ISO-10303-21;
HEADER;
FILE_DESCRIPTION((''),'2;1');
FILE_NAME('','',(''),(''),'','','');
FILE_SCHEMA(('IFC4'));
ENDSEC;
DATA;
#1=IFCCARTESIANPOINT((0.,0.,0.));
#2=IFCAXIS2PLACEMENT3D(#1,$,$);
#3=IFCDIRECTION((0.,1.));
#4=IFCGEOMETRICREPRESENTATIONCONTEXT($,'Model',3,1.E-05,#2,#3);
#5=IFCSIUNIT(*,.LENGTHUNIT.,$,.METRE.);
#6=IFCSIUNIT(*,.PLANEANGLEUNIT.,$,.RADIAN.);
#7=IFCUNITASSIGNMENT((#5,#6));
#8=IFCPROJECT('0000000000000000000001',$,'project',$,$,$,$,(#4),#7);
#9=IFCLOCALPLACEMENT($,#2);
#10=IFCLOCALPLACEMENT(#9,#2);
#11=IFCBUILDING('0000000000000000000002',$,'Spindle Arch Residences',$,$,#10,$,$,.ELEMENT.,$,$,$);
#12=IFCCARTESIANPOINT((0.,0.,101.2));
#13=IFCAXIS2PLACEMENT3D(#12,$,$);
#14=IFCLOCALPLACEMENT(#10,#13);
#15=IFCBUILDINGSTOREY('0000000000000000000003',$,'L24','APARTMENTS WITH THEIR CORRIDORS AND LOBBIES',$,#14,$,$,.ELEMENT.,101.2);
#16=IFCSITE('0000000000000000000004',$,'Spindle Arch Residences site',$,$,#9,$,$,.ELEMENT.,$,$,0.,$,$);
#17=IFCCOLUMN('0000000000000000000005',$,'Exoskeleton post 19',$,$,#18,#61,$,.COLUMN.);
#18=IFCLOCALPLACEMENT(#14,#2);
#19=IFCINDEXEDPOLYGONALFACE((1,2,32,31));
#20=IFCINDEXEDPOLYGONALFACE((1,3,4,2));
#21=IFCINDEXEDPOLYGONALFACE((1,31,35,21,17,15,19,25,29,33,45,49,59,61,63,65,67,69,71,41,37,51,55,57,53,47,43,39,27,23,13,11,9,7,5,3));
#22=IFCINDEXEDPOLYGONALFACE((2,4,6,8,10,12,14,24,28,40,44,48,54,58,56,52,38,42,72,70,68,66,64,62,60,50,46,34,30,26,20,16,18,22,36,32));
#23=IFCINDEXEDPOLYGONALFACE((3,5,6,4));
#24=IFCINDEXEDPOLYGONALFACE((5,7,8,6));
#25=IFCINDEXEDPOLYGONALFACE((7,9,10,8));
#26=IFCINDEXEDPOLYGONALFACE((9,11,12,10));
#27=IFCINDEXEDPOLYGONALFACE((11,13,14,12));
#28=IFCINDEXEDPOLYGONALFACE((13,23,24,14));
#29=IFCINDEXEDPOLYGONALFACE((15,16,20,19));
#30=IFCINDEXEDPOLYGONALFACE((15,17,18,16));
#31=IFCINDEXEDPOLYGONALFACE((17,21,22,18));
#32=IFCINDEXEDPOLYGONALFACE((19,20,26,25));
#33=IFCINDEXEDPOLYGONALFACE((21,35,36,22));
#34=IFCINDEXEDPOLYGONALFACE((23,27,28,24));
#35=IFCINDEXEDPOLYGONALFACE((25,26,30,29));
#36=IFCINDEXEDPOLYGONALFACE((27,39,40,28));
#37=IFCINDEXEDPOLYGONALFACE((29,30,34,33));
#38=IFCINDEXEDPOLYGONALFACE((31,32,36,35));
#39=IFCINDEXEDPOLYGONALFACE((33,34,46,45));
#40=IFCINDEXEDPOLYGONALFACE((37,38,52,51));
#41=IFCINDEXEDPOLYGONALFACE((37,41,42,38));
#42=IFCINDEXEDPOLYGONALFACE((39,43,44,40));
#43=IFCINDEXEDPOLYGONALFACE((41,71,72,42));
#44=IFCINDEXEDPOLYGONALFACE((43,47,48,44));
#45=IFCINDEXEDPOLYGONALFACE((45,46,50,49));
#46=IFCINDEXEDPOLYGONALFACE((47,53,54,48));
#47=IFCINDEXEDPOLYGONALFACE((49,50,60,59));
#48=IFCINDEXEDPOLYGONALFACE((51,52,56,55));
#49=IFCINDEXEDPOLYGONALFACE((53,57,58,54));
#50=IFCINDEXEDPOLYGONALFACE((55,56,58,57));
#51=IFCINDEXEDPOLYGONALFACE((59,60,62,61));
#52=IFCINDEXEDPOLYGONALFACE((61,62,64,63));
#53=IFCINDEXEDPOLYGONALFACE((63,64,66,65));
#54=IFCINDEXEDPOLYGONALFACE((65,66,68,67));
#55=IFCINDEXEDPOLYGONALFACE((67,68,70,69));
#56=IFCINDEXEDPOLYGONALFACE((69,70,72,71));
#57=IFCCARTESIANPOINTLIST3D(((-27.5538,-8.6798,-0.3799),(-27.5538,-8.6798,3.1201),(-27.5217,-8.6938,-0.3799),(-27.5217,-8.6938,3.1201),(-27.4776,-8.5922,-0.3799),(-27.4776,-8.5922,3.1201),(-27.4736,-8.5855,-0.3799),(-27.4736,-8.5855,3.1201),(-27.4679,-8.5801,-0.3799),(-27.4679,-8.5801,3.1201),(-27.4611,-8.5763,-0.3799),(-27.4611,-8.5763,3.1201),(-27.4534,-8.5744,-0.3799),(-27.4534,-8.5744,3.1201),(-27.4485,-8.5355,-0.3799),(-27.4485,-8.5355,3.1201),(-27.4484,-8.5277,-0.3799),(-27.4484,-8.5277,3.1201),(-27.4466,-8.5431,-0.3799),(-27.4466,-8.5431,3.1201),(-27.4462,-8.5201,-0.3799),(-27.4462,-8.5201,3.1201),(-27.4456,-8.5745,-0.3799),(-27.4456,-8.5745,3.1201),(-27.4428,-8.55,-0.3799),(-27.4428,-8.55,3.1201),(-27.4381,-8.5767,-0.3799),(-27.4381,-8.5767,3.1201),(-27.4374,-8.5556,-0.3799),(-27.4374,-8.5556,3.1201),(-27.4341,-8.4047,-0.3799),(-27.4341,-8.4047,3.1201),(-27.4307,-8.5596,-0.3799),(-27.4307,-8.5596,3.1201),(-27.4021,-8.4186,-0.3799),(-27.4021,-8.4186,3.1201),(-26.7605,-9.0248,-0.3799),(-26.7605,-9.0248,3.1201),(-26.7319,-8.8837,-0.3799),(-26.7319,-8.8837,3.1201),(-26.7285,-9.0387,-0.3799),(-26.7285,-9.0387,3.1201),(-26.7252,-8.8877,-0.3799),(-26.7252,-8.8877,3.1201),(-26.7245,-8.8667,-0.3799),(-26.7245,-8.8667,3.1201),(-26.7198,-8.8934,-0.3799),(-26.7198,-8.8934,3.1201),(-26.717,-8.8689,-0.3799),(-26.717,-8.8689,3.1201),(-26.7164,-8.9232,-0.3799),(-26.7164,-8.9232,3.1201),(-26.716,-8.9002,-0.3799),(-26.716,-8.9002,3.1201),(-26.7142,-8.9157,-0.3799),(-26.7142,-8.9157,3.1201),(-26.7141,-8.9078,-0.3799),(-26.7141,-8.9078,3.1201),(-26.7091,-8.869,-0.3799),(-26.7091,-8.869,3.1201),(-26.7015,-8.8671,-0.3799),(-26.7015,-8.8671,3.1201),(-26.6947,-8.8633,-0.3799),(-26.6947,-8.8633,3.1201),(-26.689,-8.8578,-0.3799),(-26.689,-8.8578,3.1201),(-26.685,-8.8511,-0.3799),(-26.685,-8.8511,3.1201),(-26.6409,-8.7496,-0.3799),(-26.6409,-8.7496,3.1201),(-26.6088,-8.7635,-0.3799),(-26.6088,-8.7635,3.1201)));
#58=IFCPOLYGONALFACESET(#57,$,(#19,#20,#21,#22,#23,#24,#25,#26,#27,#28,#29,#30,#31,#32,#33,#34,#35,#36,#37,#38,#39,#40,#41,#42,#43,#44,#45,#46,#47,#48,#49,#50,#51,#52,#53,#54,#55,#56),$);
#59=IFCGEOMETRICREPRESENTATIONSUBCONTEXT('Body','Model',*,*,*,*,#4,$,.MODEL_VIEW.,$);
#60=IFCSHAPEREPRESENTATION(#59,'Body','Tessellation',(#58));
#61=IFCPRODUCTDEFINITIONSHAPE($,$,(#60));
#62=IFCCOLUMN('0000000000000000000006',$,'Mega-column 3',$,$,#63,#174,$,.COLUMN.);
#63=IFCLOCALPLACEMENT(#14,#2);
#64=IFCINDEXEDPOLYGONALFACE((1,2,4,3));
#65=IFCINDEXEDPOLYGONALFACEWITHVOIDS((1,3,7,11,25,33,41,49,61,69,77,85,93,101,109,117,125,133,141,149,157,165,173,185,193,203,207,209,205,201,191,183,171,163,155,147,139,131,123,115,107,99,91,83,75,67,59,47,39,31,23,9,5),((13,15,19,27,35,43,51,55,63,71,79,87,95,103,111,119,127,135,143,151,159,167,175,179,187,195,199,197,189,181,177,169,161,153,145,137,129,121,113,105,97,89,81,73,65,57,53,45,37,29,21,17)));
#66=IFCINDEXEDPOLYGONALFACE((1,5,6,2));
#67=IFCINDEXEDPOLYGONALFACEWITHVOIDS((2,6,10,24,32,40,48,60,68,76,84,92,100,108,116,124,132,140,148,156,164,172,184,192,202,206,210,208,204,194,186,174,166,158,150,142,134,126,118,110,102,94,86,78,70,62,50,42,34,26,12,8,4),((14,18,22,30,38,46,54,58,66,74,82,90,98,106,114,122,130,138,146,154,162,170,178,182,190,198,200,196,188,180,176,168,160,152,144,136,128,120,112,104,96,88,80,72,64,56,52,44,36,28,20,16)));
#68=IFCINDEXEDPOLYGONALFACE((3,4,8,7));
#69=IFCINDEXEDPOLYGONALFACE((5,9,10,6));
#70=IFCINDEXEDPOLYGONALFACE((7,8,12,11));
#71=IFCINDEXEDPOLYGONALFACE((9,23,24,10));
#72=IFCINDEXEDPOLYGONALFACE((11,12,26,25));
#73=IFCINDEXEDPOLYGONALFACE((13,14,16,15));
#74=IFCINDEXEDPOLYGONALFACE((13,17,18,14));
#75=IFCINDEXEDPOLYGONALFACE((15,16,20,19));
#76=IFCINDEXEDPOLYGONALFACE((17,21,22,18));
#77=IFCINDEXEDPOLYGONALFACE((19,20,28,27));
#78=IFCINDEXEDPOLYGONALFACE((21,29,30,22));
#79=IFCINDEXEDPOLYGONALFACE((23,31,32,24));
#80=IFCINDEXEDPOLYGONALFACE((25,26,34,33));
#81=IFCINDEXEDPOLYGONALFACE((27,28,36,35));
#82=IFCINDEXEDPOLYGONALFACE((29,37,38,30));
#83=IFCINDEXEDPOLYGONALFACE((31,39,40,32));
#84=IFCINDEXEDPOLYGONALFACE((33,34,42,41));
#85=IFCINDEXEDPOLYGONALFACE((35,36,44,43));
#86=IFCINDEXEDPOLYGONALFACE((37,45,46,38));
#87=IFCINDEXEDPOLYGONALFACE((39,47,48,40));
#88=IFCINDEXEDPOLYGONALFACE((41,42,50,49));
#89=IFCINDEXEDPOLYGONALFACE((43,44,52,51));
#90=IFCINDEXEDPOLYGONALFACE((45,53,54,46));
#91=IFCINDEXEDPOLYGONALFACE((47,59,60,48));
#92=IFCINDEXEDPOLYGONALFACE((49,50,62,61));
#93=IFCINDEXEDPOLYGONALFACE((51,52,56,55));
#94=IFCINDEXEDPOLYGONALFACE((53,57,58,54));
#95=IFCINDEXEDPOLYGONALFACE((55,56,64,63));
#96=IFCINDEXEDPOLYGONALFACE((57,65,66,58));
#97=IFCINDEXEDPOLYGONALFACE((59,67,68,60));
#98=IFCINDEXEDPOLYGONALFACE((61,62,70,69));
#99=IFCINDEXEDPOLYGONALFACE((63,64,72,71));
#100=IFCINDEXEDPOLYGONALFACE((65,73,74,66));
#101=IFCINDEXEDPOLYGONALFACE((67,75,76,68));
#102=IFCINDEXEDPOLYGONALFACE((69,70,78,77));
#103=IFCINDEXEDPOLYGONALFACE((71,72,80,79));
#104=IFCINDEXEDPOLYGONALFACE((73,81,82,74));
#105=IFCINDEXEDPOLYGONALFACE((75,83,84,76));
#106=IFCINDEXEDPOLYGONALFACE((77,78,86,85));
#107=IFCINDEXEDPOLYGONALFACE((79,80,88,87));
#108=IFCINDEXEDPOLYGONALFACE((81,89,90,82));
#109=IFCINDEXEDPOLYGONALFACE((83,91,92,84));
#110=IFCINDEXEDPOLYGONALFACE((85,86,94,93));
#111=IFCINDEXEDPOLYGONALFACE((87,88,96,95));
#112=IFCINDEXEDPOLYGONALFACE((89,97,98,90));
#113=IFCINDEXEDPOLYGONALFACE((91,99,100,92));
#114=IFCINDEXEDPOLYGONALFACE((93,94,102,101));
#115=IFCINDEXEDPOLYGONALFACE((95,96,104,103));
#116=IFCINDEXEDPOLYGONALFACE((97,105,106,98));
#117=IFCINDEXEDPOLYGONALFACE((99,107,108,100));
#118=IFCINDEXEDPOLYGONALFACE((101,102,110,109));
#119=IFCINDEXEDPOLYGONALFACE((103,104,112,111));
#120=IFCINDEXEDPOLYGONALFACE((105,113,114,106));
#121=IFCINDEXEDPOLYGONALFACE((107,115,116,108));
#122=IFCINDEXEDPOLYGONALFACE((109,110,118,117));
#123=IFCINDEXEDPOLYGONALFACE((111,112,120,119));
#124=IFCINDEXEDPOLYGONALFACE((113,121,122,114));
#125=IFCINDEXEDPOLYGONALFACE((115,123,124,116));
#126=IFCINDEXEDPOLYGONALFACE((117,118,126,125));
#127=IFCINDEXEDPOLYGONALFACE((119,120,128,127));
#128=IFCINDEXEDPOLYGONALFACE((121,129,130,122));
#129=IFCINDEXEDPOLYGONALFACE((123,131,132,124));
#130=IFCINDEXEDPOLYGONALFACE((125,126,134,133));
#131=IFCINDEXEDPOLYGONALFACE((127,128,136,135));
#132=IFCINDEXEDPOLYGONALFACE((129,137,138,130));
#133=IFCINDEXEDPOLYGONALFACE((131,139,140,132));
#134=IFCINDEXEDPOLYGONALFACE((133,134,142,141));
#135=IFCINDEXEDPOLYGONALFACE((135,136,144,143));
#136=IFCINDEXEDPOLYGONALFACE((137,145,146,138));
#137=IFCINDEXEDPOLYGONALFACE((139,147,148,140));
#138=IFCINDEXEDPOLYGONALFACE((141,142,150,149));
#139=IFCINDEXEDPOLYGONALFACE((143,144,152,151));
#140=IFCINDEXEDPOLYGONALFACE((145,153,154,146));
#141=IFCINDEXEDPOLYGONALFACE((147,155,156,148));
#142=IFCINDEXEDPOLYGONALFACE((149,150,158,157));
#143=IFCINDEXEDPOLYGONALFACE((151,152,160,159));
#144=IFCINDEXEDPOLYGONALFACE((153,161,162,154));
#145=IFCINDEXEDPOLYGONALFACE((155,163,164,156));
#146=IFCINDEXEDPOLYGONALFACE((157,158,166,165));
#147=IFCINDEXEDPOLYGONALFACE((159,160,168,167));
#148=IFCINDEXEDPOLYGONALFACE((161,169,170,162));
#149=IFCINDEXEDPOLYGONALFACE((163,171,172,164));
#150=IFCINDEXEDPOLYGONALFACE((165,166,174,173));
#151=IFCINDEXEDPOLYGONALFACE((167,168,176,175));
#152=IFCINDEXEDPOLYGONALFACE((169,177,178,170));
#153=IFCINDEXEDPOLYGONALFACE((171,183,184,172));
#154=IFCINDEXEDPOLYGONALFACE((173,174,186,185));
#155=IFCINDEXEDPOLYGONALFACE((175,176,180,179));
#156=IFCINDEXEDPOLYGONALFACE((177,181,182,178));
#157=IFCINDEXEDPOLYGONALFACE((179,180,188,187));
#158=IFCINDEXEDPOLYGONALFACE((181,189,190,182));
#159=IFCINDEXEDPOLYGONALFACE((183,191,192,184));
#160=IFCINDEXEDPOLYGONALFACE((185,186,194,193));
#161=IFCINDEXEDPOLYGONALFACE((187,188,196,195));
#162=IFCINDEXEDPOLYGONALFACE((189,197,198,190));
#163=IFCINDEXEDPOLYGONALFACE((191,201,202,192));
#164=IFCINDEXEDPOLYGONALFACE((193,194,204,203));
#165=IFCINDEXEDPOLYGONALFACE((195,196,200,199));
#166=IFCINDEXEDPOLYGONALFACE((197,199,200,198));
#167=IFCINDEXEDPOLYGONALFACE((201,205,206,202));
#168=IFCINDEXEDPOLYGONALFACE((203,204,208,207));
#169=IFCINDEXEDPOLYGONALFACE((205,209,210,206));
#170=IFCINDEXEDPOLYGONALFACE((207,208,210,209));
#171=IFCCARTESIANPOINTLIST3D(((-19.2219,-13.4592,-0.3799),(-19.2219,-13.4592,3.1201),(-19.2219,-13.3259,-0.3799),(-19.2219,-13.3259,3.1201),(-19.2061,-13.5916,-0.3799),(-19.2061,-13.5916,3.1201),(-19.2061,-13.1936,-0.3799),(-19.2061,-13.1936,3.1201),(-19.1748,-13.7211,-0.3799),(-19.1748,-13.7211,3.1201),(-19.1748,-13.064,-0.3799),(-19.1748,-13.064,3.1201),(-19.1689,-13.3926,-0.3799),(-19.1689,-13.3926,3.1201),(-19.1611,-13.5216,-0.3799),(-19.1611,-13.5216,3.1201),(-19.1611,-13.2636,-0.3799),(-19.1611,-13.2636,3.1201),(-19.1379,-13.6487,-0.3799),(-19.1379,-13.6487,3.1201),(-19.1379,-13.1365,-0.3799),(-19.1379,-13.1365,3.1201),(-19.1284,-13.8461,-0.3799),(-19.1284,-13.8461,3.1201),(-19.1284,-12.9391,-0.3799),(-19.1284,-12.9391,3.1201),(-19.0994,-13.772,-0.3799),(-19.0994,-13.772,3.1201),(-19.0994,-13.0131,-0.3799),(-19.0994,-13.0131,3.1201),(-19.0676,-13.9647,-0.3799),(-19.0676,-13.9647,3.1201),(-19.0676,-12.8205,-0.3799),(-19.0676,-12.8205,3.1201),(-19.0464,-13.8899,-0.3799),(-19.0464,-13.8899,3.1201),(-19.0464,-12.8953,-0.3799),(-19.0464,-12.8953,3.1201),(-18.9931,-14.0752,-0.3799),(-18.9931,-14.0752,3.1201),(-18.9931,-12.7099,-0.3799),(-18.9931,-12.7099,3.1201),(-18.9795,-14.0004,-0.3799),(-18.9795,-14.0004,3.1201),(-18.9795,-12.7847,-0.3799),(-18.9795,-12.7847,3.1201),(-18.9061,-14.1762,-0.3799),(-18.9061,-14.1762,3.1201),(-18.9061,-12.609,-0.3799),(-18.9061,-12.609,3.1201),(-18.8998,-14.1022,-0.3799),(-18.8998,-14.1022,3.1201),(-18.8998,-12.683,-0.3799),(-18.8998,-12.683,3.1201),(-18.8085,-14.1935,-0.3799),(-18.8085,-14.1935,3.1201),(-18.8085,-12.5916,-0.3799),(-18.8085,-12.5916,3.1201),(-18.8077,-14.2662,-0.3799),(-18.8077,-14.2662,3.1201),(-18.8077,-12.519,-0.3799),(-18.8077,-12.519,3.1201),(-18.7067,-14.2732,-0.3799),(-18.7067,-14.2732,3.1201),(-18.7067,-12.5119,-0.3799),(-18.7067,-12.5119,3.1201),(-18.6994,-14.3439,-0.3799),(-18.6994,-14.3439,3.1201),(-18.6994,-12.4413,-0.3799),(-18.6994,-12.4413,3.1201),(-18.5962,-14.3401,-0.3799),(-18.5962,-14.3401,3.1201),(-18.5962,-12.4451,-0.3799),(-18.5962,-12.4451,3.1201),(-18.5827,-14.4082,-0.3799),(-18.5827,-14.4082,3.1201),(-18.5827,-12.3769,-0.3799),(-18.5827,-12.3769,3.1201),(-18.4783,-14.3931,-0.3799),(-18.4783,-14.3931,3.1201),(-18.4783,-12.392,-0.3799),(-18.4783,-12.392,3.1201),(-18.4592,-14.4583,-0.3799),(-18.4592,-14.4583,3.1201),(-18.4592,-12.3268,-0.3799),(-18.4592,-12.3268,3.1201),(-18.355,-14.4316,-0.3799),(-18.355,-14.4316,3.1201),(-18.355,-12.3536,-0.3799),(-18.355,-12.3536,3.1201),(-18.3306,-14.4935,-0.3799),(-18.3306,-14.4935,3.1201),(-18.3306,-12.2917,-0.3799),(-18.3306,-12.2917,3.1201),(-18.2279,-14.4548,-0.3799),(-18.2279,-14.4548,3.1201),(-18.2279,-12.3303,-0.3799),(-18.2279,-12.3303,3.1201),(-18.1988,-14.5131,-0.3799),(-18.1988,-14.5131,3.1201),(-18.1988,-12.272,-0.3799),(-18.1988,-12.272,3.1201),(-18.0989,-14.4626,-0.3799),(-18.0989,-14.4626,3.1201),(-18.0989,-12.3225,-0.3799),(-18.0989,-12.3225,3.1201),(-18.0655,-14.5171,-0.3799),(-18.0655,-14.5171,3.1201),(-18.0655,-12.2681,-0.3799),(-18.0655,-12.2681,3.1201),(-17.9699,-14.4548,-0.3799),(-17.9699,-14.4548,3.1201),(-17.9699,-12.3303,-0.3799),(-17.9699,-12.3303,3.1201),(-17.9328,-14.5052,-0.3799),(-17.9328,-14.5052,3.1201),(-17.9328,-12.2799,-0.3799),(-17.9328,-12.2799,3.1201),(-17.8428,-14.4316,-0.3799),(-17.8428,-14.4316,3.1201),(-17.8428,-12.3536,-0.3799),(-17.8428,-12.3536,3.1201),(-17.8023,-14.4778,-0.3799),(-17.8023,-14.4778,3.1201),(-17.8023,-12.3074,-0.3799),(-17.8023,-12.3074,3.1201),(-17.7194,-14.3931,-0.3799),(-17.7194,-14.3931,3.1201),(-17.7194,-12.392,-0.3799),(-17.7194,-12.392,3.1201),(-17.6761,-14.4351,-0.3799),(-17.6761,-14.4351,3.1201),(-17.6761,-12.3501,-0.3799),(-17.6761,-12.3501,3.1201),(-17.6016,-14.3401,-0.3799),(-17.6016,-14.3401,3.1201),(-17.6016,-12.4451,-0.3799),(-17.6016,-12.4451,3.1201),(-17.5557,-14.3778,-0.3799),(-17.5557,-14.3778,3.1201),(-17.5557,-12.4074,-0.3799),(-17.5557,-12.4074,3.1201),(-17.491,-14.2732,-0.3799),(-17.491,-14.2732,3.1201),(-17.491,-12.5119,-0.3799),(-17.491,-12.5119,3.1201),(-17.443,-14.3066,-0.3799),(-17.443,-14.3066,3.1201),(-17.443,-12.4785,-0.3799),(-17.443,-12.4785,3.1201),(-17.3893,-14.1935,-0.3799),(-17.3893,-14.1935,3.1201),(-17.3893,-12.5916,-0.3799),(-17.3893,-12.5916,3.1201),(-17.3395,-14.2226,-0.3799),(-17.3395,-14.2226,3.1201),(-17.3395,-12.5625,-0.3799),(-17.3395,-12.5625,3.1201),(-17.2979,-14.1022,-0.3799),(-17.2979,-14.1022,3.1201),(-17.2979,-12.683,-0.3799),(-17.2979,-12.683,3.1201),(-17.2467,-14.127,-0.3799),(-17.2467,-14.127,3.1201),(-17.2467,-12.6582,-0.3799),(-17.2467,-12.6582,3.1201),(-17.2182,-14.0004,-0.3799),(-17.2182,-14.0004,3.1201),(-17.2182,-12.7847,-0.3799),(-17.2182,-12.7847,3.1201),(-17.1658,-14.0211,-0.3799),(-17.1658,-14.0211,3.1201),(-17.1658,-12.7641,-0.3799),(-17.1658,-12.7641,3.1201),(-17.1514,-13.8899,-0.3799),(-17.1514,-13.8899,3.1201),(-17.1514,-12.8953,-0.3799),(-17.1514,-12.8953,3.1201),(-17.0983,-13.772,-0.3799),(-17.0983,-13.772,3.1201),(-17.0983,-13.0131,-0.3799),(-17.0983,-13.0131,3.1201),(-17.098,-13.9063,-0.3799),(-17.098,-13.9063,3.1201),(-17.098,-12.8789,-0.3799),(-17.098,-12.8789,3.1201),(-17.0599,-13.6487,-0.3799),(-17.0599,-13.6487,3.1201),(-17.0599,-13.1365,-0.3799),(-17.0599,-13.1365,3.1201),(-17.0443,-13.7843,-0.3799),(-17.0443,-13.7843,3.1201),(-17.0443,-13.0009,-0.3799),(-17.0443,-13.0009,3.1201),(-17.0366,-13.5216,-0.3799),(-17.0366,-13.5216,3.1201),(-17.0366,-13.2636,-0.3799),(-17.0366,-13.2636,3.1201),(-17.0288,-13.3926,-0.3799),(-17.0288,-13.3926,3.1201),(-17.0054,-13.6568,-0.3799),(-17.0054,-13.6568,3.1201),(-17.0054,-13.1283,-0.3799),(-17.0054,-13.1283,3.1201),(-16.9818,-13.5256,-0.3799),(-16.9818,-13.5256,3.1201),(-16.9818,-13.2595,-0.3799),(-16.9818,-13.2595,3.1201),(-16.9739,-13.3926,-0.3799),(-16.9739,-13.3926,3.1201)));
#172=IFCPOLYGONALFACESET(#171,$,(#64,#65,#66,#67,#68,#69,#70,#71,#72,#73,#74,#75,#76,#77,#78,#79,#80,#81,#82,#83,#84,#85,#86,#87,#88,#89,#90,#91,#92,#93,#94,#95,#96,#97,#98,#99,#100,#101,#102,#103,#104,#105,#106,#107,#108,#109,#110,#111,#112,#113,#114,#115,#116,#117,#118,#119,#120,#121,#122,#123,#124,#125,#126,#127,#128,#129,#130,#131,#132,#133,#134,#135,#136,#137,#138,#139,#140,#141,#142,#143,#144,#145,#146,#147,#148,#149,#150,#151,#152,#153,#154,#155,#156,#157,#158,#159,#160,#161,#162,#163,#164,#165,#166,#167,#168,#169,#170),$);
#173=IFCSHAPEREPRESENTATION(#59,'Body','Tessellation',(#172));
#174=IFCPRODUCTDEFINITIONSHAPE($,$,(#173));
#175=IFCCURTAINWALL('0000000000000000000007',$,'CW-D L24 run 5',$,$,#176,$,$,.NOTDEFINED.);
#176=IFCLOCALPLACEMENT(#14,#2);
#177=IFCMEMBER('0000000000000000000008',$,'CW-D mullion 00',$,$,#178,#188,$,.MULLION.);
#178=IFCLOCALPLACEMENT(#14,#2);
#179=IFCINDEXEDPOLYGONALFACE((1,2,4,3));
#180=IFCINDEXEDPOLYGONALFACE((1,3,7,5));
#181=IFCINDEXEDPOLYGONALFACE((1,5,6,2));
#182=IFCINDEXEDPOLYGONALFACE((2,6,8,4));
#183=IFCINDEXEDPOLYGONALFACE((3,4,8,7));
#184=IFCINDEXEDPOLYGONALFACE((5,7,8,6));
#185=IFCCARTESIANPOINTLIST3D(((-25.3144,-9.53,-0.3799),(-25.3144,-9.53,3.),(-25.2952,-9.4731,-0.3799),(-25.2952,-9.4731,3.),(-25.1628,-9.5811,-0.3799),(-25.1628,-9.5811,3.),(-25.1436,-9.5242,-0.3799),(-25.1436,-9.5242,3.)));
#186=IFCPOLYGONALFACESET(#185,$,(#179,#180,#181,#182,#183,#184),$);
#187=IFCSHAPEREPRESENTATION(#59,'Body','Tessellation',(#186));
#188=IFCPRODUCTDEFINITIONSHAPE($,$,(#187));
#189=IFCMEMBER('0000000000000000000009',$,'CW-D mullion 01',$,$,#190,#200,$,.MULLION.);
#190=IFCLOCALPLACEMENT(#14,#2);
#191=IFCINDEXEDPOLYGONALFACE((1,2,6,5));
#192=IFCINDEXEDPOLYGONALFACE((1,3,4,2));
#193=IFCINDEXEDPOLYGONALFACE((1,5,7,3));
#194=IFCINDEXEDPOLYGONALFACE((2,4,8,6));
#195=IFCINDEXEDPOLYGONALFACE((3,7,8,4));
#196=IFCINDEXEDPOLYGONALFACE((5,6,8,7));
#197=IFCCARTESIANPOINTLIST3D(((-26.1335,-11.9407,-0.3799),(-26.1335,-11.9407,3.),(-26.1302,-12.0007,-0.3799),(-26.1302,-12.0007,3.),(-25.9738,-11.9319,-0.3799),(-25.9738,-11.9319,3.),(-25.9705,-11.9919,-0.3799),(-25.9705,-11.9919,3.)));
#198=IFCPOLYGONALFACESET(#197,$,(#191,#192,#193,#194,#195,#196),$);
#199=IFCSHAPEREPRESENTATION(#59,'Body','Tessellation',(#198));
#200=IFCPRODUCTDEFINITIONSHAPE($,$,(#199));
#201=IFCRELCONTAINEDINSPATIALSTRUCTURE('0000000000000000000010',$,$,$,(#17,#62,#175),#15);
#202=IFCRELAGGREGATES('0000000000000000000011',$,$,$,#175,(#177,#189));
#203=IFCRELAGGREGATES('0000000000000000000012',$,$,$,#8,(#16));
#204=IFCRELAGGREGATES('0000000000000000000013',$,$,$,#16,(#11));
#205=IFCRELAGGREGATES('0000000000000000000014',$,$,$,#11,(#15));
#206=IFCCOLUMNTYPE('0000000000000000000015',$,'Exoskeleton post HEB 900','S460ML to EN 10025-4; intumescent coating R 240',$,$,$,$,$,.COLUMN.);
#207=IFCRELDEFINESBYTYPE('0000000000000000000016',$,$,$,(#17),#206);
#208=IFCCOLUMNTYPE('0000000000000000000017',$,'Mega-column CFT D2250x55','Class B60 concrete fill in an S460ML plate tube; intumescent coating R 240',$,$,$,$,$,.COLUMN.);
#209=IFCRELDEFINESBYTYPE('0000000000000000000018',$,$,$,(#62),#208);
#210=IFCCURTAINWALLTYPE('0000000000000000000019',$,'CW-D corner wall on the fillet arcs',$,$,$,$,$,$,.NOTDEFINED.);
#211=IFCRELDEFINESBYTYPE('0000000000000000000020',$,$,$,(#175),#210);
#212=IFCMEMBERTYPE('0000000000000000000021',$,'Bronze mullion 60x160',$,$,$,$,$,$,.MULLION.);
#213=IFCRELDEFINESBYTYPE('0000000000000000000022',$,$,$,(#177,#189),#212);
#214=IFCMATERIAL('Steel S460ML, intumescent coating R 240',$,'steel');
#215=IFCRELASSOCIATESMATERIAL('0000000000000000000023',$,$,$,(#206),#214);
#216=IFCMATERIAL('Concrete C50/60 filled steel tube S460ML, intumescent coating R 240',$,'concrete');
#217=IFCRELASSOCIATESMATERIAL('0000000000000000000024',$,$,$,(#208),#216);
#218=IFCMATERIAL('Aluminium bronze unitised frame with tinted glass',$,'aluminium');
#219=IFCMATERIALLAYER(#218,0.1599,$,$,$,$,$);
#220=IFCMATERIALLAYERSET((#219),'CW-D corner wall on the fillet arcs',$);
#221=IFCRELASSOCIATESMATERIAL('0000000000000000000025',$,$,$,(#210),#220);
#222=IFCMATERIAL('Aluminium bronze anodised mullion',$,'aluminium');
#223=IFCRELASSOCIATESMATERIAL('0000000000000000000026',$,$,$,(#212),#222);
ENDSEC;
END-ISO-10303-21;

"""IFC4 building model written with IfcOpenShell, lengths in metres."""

from ifc_helpers import new_model, si_unit, direction, frame, origin, origin_2d, place, context, subcontext, project, spatial, rectangle, hollow_circle, i_section, extrude, material, layer, layer_set, material_profile, profile_set, type_object, element, aggregate, save


model = new_model("IFC4")

# Units and contexts
model_context = context("Model", 3, precision=1e-05, world=origin(), true_north=direction((0.0, 1.0)))
body_context = subcontext(model_context, "Body", "Model", "MODEL_VIEW")
ifc_project = project(units=[si_unit("LENGTHUNIT", "METRE"), si_unit("PLANEANGLEUNIT", "RADIAN")], contexts=[model_context])

# Site, building, storey
site_placement = place(None, origin())
site = spatial("IfcSite", under=ifc_project, at=site_placement, Name="Spindle Arch Residences site", CompositionType="ELEMENT", RefElevation=0.0)
building_placement = place(site_placement, origin())
building = spatial("IfcBuilding", under=site, at=building_placement, Name="Spindle Arch Residences", CompositionType="ELEMENT")
storey_placement = place(building_placement, frame((0.0, 0.0, 101.2)))
storey = spatial("IfcBuildingStorey", under=building, at=storey_placement, Name="L24", Description="APARTMENTS WITH THEIR CORRIDORS AND LOBBIES", CompositionType="ELEMENT", Elevation=101.2)

# Columns
ifc_material_1 = material(Name="Steel S460ML, intumescent coating R 240", Category="steel")
ifc_material_profile_1 = material_profile(ifc_material_1, i_section(OverallWidth=0.3, OverallDepth=0.8999, WebThickness=0.0186, FlangeThickness=0.0349, FilletRadius=0.03, at=origin_2d()), Name="HEB 900")
ifc_profile_set_1 = profile_set([ifc_material_profile_1], Name="Steel S460ML, intumescent coating R 240")
column_type_1 = type_object("IfcColumnType", Name="Exoskeleton post HEB 900", Description="S460ML to EN 10025-4; intumescent coating R 240", PredefinedType="COLUMN", material=ifc_profile_set_1)
column_1_placement = place(storey_placement, frame((-27.0813, -8.7217, -0.3799), z_axis=(0.0, 0.0, 1.0), x_axis=(0.398749, 0.91706, 0.0)))
element("IfcColumn", 1, at=column_1_placement, inside=storey, type_object=column_type_1, Name="Exoskeleton post 19", PredefinedType="COLUMN", context=body_context, shape_type="SweptSolid", body=[
    extrude(i_section(OverallWidth=0.3, OverallDepth=0.8999, WebThickness=0.0186, FlangeThickness=0.0349, FilletRadius=0.03, at=origin_2d()), origin(), (0.0, 0.0, 1.0), 3.5),
])
ifc_material_2 = material(Name="Concrete C50/60 filled steel tube S460ML, intumescent coating R 240", Category="concrete")
ifc_material_profile_2 = material_profile(ifc_material_2, hollow_circle(Radius=1.125, WallThickness=0.0549, at=origin_2d()), Name="CFT D2250x55")
ifc_profile_set_2 = profile_set([ifc_material_profile_2], Name="Concrete C50/60 filled steel tube S460ML, intumescent coating R 240")
column_type_2 = type_object("IfcColumnType", Name="Mega-column CFT D2250x55", Description="Class B60 concrete fill in an S460ML plate tube; intumescent coating R 240", PredefinedType="COLUMN", material=ifc_profile_set_2)
column_2_placement = place(storey_placement, frame((-18.0989, -13.3926, -0.3799), z_axis=(0.0, 0.0, 1.0), x_axis=(1.0, 0.0, 0.0)))
element("IfcColumn", 2, at=column_2_placement, inside=storey, type_object=column_type_2, Name="Mega-column 3", PredefinedType="COLUMN", context=body_context, shape_type="SweptSolid", body=[
    extrude(hollow_circle(Radius=1.125, WallThickness=0.0549, at=origin_2d()), origin(), (0.0, 0.0, 1.0), 3.5),
])

# Curtain wall, members
ifc_material_3 = material(Name="Aluminium bronze unitised frame with tinted glass", Category="aluminium")
ifc_layer_1 = layer(ifc_material_3, 0.1599)
ifc_layer_set_1 = layer_set([ifc_layer_1], Name="CW-D corner wall on the fillet arcs")
curtain_wall_type_1 = type_object("IfcCurtainWallType", Name="CW-D corner wall on the fillet arcs", PredefinedType="NOTDEFINED", material=ifc_layer_set_1)
curtain_wall_1_placement = place(storey_placement, origin())
curtain_wall_1 = element("IfcCurtainWall", 3, at=curtain_wall_1_placement, inside=storey, type_object=curtain_wall_type_1, Name="CW-D L24 run 5", PredefinedType="NOTDEFINED")
ifc_material_4 = material(Name="Aluminium bronze anodised mullion", Category="aluminium")
ifc_material_profile_3 = material_profile(ifc_material_4, rectangle(XDim=0.1599, YDim=0.0601, at=origin_2d()), Name="MU 60x160")
ifc_profile_set_3 = profile_set([ifc_material_profile_3], Name="Aluminium bronze anodised mullion")
member_type_1 = type_object("IfcMemberType", Name="Bronze mullion 60x160", PredefinedType="MULLION", material=ifc_profile_set_3)
member_1_placement = place(storey_placement, frame((-25.229, -9.5271, -0.3799), z_axis=(0.0, 0.0, 1.0), x_axis=(0.94751, -0.319727, 0.0)))
member_1 = element("IfcMember", 4, at=member_1_placement, type_object=member_type_1, Name="CW-D mullion 00", PredefinedType="MULLION", context=body_context, shape_type="SweptSolid", body=[
    extrude(rectangle(XDim=0.1599, YDim=0.0601, at=origin_2d()), origin(), (0.0, 0.0, 1.0), 3.3799),
])
member_2_placement = place(storey_placement, frame((-26.052, -11.9663, -0.3799), z_axis=(0.0, 0.0, 1.0), x_axis=(0.998473, 0.055241, 0.0)))
member_2 = element("IfcMember", 5, at=member_2_placement, type_object=member_type_1, Name="CW-D mullion 01", PredefinedType="MULLION", context=body_context, shape_type="SweptSolid", body=[
    extrude(rectangle(XDim=0.1599, YDim=0.0601, at=origin_2d()), origin(), (0.0, 0.0, 1.0), 3.3799),
])

aggregate(curtain_wall_1, [member_1, member_2])

save(model, "model.ifc")
